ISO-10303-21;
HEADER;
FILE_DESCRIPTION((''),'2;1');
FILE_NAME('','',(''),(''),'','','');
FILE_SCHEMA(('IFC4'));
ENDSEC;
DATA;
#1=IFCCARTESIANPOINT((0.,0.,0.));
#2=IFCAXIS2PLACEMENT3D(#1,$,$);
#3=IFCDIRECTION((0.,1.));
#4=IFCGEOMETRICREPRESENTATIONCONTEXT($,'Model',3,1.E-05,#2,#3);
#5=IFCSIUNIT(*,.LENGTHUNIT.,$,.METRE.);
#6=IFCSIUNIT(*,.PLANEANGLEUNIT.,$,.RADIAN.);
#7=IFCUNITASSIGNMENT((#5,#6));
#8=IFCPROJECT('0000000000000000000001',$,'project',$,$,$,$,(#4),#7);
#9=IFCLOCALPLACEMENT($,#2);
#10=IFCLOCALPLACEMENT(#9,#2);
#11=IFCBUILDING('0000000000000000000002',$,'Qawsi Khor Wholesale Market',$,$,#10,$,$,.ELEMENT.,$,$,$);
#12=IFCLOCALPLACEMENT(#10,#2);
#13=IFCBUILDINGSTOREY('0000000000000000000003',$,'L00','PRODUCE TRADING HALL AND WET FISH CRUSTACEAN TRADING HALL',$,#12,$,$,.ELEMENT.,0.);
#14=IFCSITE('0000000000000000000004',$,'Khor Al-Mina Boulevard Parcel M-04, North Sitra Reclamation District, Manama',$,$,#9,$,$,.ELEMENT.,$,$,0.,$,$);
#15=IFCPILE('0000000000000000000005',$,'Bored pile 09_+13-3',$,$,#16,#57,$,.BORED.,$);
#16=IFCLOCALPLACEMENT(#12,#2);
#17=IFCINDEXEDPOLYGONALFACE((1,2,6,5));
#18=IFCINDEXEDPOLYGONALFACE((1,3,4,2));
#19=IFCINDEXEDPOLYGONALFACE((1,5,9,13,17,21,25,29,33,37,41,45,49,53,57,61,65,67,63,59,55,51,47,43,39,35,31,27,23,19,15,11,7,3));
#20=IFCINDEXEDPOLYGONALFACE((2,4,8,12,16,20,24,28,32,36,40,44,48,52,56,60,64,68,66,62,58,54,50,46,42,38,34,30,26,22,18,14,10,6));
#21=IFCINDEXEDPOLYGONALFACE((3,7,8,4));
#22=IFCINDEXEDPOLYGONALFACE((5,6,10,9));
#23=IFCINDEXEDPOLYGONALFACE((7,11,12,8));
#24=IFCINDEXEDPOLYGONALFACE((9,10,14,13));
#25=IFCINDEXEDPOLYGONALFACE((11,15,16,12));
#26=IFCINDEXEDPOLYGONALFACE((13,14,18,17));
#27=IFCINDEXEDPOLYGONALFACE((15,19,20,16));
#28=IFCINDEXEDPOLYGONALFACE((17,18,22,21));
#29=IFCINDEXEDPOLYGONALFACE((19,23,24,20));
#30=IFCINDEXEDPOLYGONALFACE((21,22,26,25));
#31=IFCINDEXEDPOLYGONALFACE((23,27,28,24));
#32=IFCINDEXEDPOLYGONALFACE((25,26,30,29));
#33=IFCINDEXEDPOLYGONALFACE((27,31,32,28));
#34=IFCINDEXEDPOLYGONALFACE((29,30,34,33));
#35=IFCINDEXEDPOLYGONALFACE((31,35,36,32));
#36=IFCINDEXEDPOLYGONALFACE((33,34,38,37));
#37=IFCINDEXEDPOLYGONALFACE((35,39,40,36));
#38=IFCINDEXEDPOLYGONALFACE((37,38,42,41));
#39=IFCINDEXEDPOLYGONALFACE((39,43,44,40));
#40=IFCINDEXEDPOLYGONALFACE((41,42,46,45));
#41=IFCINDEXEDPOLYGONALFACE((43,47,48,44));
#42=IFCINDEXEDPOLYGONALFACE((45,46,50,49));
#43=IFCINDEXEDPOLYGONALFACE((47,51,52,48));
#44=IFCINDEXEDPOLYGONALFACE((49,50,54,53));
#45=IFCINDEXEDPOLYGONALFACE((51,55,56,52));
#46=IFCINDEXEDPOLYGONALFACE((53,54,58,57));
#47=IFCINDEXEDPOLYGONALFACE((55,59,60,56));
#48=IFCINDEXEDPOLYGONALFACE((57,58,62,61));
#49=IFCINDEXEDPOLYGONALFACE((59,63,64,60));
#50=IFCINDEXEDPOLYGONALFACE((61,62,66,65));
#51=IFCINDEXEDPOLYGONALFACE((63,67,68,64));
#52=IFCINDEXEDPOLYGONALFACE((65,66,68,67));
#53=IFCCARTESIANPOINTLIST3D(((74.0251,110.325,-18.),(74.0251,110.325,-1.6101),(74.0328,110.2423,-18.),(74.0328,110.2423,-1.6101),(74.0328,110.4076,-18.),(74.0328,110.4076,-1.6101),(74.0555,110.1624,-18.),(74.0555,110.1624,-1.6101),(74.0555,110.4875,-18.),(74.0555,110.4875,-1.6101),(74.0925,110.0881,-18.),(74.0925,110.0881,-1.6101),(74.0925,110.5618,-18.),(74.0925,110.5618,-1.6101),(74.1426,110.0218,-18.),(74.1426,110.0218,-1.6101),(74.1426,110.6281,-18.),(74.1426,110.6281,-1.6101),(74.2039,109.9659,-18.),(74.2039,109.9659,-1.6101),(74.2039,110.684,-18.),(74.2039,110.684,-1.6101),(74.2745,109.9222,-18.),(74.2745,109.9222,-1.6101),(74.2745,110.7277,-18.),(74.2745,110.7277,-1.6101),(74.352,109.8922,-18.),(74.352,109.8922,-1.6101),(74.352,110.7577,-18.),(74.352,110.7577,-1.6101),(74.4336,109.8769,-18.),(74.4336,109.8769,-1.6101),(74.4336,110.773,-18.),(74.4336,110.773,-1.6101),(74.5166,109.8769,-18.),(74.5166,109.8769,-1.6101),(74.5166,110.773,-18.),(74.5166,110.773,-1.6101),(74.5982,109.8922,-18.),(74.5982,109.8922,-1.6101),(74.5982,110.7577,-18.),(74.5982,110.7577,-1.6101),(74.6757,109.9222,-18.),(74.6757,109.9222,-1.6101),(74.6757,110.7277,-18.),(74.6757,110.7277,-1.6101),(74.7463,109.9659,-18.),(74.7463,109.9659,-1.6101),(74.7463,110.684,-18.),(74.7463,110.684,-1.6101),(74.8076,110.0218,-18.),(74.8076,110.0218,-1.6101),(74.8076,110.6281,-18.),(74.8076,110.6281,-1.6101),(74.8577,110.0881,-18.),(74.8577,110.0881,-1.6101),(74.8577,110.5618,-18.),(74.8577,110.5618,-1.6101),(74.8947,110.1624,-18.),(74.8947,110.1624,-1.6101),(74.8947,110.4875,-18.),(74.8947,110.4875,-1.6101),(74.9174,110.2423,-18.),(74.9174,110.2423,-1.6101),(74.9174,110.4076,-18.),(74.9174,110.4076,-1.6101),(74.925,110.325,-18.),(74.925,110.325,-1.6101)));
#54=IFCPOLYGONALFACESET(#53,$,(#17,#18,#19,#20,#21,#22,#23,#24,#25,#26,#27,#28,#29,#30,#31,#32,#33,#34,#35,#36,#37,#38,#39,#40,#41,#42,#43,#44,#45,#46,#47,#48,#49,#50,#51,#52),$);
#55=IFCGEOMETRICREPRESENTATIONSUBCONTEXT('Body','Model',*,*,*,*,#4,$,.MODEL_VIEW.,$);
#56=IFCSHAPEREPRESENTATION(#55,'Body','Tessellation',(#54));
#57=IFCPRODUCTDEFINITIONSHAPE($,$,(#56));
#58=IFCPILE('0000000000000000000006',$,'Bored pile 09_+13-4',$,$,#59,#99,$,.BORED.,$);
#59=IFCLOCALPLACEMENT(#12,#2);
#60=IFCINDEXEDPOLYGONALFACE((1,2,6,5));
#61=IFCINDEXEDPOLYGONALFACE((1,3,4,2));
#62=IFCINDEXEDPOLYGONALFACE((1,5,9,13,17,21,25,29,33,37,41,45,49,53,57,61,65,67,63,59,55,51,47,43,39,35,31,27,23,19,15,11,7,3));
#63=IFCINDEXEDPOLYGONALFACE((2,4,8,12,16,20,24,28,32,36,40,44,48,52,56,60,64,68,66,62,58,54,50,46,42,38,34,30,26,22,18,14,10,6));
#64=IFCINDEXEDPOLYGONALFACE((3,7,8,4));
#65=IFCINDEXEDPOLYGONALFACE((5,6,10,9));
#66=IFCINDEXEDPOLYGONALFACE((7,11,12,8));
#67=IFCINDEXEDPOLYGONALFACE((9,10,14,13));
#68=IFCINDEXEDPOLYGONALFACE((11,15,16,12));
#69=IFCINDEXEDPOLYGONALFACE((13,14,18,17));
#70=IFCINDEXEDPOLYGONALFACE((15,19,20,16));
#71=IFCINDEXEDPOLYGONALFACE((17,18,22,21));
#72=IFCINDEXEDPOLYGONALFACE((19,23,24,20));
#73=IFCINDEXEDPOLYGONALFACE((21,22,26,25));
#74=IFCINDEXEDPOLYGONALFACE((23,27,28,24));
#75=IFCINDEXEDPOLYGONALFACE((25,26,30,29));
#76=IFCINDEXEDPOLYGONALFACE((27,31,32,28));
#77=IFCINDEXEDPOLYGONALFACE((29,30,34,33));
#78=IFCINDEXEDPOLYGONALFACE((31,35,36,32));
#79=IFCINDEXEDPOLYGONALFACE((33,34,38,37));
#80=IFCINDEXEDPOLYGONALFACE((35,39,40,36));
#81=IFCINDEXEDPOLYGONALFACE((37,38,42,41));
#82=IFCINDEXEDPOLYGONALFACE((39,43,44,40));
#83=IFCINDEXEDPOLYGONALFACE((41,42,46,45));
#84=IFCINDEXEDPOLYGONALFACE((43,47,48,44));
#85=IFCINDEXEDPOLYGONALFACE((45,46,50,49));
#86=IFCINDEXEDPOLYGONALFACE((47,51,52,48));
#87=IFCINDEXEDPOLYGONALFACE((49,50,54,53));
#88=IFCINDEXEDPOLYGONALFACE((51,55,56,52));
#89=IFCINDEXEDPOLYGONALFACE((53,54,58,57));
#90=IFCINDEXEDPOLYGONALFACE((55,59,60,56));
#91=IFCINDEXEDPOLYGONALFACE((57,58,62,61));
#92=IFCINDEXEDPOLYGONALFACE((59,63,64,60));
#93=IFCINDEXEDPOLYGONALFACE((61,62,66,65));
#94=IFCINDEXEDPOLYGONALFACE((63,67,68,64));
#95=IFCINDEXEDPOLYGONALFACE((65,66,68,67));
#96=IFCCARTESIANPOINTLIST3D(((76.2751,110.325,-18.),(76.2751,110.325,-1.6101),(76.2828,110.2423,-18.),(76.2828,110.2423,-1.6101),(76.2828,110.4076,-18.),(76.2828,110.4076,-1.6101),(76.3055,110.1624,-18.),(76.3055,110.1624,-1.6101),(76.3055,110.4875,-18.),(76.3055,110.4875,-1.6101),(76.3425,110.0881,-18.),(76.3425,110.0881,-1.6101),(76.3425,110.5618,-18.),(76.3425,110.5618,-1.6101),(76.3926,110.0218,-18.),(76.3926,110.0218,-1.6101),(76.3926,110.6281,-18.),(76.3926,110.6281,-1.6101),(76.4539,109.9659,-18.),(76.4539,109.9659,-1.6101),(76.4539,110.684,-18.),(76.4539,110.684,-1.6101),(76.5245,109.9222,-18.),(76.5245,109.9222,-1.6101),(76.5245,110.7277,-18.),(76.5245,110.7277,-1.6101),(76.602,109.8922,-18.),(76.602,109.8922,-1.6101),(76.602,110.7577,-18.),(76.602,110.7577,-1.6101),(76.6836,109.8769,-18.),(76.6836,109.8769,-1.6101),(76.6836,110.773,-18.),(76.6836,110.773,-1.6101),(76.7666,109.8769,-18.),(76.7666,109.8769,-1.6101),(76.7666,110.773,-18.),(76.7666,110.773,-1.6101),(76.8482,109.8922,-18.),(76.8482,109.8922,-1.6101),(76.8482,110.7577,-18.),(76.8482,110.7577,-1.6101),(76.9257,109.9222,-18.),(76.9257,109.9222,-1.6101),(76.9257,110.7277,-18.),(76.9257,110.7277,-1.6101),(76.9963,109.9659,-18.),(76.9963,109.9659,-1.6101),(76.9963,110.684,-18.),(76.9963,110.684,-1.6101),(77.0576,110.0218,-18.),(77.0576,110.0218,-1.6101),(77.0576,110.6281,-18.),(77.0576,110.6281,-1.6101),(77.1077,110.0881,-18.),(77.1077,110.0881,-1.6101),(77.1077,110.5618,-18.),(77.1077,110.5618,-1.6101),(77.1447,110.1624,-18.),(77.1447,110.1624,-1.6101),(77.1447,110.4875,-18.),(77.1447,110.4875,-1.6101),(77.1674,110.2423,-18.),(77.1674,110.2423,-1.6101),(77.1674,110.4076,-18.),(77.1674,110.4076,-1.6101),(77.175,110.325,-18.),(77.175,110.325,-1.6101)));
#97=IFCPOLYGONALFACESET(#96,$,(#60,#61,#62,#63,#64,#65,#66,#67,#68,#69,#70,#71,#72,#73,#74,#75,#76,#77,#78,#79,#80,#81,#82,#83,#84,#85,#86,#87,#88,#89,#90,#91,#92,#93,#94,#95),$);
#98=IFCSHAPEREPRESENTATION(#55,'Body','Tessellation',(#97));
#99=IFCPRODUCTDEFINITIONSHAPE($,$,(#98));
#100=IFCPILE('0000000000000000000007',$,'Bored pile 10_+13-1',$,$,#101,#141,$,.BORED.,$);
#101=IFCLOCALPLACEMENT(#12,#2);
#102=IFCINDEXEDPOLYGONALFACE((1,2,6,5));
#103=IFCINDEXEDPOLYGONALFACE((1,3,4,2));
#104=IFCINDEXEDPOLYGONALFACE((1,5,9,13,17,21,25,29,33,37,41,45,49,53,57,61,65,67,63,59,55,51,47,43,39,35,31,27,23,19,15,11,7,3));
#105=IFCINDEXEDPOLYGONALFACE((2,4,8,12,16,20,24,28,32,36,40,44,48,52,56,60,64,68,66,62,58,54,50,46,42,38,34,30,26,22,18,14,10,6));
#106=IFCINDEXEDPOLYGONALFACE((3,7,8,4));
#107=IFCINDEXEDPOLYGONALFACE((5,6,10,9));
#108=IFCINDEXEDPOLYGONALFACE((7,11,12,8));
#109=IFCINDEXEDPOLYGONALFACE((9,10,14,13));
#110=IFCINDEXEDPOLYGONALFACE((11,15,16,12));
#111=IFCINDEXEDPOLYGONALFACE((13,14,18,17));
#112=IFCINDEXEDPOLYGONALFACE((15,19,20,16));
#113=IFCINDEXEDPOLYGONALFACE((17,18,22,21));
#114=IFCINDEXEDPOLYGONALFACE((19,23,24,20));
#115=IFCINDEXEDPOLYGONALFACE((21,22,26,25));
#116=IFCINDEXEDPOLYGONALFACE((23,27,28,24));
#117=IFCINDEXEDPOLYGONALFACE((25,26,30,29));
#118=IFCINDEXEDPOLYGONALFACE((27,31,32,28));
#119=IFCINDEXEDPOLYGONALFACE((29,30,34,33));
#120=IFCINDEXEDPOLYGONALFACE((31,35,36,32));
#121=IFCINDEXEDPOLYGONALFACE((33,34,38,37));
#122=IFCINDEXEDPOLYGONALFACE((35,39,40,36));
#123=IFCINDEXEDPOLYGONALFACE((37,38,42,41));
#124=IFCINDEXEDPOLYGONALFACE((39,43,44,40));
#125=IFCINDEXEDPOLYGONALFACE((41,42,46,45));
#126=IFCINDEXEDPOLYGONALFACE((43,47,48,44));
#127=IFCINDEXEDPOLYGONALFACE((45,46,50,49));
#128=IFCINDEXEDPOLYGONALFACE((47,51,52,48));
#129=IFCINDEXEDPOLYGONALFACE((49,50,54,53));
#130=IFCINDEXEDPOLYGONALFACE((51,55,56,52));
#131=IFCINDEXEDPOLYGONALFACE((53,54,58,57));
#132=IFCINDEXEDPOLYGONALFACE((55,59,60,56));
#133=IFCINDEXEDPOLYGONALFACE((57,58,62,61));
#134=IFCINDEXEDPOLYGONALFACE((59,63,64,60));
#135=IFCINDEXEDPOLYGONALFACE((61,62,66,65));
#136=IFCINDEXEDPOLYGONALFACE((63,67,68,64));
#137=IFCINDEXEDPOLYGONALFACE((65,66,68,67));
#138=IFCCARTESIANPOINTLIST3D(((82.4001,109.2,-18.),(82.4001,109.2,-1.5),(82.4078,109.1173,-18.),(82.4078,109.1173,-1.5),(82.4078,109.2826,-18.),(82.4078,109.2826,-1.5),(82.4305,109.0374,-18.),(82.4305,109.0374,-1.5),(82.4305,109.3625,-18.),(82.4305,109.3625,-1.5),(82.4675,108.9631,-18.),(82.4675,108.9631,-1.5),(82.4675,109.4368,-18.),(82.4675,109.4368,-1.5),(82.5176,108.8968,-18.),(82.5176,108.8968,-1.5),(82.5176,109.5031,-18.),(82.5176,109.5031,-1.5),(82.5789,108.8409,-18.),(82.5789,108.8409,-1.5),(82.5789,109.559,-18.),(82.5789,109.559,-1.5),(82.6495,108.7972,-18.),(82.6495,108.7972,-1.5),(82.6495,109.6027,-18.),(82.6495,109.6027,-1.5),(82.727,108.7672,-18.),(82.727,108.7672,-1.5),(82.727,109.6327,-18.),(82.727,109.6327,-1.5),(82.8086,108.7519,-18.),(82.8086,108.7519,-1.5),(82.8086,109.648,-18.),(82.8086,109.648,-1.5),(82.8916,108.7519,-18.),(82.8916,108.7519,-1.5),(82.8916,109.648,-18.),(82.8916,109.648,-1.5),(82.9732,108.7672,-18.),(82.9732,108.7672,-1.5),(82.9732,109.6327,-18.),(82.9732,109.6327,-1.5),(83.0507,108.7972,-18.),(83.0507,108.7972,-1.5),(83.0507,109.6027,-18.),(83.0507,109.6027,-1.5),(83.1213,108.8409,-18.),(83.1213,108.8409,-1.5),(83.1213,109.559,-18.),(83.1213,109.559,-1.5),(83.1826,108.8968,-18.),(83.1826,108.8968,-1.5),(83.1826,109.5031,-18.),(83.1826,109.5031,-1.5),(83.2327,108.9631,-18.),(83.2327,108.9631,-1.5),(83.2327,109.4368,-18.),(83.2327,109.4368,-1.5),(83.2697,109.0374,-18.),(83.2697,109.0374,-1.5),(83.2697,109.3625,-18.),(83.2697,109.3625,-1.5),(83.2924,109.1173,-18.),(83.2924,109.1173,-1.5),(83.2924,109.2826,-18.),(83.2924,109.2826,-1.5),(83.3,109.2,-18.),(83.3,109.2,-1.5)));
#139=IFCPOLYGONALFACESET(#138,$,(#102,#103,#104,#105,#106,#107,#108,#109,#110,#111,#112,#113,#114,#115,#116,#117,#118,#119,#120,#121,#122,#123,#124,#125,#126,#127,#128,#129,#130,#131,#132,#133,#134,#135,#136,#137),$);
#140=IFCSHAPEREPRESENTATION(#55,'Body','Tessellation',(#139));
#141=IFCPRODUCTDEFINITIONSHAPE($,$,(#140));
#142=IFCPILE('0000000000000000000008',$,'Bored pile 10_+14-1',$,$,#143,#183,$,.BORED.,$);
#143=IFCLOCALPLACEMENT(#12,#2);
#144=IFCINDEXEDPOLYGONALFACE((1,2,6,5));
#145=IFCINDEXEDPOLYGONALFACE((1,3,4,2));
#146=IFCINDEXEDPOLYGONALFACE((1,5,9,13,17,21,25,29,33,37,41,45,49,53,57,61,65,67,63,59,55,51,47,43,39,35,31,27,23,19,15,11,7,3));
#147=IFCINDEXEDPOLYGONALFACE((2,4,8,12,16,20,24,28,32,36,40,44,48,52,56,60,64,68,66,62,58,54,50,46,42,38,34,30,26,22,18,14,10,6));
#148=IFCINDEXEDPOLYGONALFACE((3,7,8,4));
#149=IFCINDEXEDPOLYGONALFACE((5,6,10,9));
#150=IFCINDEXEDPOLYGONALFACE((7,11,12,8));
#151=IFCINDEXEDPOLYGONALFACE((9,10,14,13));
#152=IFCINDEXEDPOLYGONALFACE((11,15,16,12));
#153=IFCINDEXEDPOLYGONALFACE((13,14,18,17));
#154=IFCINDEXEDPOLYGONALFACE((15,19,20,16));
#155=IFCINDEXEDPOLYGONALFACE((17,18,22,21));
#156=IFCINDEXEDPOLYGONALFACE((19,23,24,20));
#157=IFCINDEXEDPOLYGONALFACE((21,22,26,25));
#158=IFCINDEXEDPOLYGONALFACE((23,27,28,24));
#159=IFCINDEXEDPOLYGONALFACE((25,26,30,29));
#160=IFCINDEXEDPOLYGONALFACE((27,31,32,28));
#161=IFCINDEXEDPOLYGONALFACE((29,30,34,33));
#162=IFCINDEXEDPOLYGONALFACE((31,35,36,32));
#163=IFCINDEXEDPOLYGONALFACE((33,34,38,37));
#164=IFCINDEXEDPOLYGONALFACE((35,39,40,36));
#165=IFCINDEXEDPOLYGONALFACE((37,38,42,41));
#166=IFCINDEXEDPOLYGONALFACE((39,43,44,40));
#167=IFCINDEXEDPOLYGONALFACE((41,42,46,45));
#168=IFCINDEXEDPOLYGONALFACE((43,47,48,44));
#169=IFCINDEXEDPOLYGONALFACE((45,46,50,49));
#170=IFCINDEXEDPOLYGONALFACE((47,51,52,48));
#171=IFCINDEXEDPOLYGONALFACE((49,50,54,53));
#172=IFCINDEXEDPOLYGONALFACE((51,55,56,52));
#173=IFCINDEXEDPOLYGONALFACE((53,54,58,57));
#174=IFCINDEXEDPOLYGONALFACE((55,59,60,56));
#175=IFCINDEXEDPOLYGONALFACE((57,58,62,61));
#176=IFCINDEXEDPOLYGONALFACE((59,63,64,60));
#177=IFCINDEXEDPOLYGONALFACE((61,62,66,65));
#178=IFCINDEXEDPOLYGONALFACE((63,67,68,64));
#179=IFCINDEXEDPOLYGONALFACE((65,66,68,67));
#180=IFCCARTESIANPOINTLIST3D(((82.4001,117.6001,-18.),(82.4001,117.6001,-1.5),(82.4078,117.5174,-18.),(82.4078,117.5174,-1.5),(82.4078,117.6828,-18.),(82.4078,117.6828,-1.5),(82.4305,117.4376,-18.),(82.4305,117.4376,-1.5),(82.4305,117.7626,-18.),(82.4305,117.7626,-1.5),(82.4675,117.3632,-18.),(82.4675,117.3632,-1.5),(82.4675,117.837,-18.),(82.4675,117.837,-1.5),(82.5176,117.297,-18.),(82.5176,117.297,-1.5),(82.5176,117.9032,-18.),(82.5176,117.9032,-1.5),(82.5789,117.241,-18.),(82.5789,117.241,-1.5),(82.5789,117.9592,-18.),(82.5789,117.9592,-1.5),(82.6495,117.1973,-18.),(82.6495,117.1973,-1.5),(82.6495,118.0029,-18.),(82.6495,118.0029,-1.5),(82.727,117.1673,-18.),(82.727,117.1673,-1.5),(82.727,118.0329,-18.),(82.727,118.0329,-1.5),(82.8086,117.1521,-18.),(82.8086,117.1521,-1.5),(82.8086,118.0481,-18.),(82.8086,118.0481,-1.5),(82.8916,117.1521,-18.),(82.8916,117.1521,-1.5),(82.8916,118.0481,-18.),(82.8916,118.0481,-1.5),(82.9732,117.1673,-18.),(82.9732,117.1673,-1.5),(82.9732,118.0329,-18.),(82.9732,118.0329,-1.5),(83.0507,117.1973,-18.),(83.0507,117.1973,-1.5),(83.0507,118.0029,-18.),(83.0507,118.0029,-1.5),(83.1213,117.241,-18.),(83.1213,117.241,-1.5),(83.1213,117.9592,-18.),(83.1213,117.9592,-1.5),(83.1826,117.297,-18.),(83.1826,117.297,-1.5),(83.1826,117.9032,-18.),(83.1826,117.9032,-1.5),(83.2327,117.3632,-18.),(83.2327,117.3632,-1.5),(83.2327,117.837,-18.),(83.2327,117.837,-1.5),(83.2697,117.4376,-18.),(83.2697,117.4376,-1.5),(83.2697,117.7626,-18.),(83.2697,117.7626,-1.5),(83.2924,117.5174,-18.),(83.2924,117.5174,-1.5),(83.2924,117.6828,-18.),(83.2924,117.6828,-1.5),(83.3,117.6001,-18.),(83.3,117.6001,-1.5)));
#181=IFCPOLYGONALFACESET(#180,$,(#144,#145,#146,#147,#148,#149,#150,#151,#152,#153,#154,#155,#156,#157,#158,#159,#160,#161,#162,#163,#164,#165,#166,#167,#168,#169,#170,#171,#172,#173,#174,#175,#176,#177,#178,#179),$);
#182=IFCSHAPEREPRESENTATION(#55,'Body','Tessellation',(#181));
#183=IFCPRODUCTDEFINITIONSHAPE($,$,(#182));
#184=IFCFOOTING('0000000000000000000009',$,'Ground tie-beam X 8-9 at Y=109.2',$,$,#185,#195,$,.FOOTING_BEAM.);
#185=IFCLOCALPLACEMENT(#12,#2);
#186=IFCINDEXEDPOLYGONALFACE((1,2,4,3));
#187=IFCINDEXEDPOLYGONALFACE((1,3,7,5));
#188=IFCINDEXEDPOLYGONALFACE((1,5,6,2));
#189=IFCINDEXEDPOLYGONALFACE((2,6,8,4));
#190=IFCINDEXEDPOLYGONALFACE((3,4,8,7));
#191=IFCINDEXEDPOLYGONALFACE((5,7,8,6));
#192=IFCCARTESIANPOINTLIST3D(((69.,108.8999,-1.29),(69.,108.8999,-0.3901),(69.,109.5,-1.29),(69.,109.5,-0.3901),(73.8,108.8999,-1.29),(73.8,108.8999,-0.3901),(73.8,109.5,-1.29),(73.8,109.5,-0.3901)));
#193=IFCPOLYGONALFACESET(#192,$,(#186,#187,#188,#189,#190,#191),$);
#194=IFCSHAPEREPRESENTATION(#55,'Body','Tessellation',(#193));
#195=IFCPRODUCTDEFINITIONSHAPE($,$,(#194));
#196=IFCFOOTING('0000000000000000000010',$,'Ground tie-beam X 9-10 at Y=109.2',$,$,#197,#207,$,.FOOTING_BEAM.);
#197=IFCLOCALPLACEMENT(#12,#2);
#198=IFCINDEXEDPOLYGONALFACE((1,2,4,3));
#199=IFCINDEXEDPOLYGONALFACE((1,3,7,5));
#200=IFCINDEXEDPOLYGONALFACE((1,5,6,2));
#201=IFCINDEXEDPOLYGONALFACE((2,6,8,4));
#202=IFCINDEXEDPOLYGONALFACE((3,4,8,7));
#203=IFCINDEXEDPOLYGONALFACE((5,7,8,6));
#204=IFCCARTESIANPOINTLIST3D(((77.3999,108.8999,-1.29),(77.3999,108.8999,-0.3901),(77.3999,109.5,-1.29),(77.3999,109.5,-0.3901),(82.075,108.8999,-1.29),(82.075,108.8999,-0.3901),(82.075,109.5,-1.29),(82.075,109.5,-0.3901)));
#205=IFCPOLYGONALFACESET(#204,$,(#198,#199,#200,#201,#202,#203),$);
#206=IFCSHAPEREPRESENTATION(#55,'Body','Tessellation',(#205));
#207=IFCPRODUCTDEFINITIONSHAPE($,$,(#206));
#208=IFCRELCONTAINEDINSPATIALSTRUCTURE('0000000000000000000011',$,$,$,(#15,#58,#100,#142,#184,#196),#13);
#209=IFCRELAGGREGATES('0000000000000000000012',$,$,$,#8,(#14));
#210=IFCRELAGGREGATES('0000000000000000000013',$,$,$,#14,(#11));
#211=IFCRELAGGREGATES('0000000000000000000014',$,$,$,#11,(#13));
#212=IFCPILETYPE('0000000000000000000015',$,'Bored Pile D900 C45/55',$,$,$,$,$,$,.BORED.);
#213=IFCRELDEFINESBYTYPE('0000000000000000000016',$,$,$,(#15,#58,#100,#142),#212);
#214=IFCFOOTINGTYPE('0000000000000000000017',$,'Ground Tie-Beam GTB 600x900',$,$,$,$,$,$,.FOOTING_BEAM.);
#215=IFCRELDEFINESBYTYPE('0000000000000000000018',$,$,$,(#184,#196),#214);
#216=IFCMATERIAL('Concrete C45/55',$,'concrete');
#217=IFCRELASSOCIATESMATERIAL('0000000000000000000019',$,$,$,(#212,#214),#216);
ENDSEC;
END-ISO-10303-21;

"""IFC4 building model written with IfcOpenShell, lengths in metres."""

from ifc_helpers import new_model, si_unit, direction, frame, origin, origin_2d, place, context, subcontext, project, spatial, rectangle, circle, extrude, material, material_profile, profile_set, type_object, element, save


model = new_model("IFC4")

# Units and contexts
model_context = context("Model", 3, precision=1e-05, world=origin(), true_north=direction((0.0, 1.0)))
body_context = subcontext(model_context, "Body", "Model", "MODEL_VIEW")
ifc_project = project(units=[si_unit("LENGTHUNIT", "METRE"), si_unit("PLANEANGLEUNIT", "RADIAN")], contexts=[model_context])

# Site, building, storey
site_placement = place(None, origin())
site = spatial("IfcSite", under=ifc_project, at=site_placement, Name="Khor Al-Mina Boulevard Parcel M-04, North Sitra Reclamation District, Manama", CompositionType="ELEMENT", RefElevation=0.0)
building_placement = place(site_placement, origin())
building = spatial("IfcBuilding", under=site, at=building_placement, Name="Qawsi Khor Wholesale Market", CompositionType="ELEMENT")
storey_placement = place(building_placement, origin())
storey = spatial("IfcBuildingStorey", under=building, at=storey_placement, Name="L00", Description="PRODUCE TRADING HALL AND WET FISH CRUSTACEAN TRADING HALL", CompositionType="ELEMENT", Elevation=0.0)

# Piles
ifc_material_1 = material(Name="Concrete C45/55", Category="concrete")
ifc_material_profile_1 = material_profile(ifc_material_1, circle(Radius=0.45, at=origin_2d()), Name="PILE D900")
ifc_profile_set_1 = profile_set([ifc_material_profile_1], Name="Concrete C45/55")
pile_type = type_object("IfcPileType", Name="Bored Pile D900 C45/55", PredefinedType="BORED", material=ifc_profile_set_1)
for number, where, z_axis, x_axis, name in (
    (1, (74.4751, 110.325, -1.6101), (0.0, 0.0, -1.0), (1.0, 0.0, 0.0), "Bored pile 09_+13-3"),
    (2, (76.7251, 110.325, -1.6101), (0.0, 0.0, -1.0), (1.0, 0.0, 0.0), "Bored pile 09_+13-4"),
):
    element("IfcPile", number, at=place(storey_placement, frame(where, z_axis=z_axis, x_axis=x_axis)), inside=storey, type_object=pile_type, Name=name, PredefinedType="BORED", context=body_context, shape_type="SweptSolid", body=[
        extrude(circle(Radius=0.45, at=origin_2d()), origin(), (0.0, 0.0, 1.0), 16.3899),
    ])
for number, where, z_axis, x_axis, name in (
    (3, (82.8501, 109.2, -1.5), (0.0, 0.0, -1.0), (1.0, 0.0, 0.0), "Bored pile 10_+13-1"),
    (4, (82.8501, 117.6001, -1.5), (0.0, 0.0, -1.0), (1.0, 0.0, 0.0), "Bored pile 10_+14-1"),
):
    element("IfcPile", number, at=place(storey_placement, frame(where, z_axis=z_axis, x_axis=x_axis)), inside=storey, type_object=pile_type, Name=name, PredefinedType="BORED", context=body_context, shape_type="SweptSolid", body=[
        extrude(circle(Radius=0.45, at=origin_2d()), origin(), (0.0, 0.0, 1.0), 16.5),
    ])

# Footings
ifc_material_profile_2 = material_profile(ifc_material_1, rectangle(XDim=0.6001, YDim=0.8999, at=origin_2d()), Name="RC 600x900")
ifc_profile_set_2 = profile_set([ifc_material_profile_2], Name="Concrete C45/55")
footing_type_1 = type_object("IfcFootingType", Name="Ground Tie-Beam GTB 600x900", PredefinedType="FOOTING_BEAM", material=ifc_profile_set_2)
footing_1_placement = place(storey_placement, frame((69.0, 109.2, -0.8401), z_axis=(1.0, 0.0, 0.0), x_axis=(0.0, 1.0, 0.0)))
element("IfcFooting", 5, at=footing_1_placement, inside=storey, type_object=footing_type_1, Name="Ground tie-beam X 8-9 at Y=109.2", PredefinedType="FOOTING_BEAM", context=body_context, shape_type="SweptSolid", body=[
    extrude(rectangle(XDim=0.6001, YDim=0.8999, at=origin_2d()), origin(), (0.0, 0.0, 1.0), 4.8),
])
footing_2_placement = place(storey_placement, frame((77.3999, 109.2, -0.8401), z_axis=(1.0, 0.0, 0.0), x_axis=(0.0, 1.0, 0.0)))
element("IfcFooting", 6, at=footing_2_placement, inside=storey, type_object=footing_type_1, Name="Ground tie-beam X 9-10 at Y=109.2", PredefinedType="FOOTING_BEAM", context=body_context, shape_type="SweptSolid", body=[
    extrude(rectangle(XDim=0.6001, YDim=0.8999, at=origin_2d()), origin(), (0.0, 0.0, 1.0), 4.675),
])

save(model, "model.ifc")
